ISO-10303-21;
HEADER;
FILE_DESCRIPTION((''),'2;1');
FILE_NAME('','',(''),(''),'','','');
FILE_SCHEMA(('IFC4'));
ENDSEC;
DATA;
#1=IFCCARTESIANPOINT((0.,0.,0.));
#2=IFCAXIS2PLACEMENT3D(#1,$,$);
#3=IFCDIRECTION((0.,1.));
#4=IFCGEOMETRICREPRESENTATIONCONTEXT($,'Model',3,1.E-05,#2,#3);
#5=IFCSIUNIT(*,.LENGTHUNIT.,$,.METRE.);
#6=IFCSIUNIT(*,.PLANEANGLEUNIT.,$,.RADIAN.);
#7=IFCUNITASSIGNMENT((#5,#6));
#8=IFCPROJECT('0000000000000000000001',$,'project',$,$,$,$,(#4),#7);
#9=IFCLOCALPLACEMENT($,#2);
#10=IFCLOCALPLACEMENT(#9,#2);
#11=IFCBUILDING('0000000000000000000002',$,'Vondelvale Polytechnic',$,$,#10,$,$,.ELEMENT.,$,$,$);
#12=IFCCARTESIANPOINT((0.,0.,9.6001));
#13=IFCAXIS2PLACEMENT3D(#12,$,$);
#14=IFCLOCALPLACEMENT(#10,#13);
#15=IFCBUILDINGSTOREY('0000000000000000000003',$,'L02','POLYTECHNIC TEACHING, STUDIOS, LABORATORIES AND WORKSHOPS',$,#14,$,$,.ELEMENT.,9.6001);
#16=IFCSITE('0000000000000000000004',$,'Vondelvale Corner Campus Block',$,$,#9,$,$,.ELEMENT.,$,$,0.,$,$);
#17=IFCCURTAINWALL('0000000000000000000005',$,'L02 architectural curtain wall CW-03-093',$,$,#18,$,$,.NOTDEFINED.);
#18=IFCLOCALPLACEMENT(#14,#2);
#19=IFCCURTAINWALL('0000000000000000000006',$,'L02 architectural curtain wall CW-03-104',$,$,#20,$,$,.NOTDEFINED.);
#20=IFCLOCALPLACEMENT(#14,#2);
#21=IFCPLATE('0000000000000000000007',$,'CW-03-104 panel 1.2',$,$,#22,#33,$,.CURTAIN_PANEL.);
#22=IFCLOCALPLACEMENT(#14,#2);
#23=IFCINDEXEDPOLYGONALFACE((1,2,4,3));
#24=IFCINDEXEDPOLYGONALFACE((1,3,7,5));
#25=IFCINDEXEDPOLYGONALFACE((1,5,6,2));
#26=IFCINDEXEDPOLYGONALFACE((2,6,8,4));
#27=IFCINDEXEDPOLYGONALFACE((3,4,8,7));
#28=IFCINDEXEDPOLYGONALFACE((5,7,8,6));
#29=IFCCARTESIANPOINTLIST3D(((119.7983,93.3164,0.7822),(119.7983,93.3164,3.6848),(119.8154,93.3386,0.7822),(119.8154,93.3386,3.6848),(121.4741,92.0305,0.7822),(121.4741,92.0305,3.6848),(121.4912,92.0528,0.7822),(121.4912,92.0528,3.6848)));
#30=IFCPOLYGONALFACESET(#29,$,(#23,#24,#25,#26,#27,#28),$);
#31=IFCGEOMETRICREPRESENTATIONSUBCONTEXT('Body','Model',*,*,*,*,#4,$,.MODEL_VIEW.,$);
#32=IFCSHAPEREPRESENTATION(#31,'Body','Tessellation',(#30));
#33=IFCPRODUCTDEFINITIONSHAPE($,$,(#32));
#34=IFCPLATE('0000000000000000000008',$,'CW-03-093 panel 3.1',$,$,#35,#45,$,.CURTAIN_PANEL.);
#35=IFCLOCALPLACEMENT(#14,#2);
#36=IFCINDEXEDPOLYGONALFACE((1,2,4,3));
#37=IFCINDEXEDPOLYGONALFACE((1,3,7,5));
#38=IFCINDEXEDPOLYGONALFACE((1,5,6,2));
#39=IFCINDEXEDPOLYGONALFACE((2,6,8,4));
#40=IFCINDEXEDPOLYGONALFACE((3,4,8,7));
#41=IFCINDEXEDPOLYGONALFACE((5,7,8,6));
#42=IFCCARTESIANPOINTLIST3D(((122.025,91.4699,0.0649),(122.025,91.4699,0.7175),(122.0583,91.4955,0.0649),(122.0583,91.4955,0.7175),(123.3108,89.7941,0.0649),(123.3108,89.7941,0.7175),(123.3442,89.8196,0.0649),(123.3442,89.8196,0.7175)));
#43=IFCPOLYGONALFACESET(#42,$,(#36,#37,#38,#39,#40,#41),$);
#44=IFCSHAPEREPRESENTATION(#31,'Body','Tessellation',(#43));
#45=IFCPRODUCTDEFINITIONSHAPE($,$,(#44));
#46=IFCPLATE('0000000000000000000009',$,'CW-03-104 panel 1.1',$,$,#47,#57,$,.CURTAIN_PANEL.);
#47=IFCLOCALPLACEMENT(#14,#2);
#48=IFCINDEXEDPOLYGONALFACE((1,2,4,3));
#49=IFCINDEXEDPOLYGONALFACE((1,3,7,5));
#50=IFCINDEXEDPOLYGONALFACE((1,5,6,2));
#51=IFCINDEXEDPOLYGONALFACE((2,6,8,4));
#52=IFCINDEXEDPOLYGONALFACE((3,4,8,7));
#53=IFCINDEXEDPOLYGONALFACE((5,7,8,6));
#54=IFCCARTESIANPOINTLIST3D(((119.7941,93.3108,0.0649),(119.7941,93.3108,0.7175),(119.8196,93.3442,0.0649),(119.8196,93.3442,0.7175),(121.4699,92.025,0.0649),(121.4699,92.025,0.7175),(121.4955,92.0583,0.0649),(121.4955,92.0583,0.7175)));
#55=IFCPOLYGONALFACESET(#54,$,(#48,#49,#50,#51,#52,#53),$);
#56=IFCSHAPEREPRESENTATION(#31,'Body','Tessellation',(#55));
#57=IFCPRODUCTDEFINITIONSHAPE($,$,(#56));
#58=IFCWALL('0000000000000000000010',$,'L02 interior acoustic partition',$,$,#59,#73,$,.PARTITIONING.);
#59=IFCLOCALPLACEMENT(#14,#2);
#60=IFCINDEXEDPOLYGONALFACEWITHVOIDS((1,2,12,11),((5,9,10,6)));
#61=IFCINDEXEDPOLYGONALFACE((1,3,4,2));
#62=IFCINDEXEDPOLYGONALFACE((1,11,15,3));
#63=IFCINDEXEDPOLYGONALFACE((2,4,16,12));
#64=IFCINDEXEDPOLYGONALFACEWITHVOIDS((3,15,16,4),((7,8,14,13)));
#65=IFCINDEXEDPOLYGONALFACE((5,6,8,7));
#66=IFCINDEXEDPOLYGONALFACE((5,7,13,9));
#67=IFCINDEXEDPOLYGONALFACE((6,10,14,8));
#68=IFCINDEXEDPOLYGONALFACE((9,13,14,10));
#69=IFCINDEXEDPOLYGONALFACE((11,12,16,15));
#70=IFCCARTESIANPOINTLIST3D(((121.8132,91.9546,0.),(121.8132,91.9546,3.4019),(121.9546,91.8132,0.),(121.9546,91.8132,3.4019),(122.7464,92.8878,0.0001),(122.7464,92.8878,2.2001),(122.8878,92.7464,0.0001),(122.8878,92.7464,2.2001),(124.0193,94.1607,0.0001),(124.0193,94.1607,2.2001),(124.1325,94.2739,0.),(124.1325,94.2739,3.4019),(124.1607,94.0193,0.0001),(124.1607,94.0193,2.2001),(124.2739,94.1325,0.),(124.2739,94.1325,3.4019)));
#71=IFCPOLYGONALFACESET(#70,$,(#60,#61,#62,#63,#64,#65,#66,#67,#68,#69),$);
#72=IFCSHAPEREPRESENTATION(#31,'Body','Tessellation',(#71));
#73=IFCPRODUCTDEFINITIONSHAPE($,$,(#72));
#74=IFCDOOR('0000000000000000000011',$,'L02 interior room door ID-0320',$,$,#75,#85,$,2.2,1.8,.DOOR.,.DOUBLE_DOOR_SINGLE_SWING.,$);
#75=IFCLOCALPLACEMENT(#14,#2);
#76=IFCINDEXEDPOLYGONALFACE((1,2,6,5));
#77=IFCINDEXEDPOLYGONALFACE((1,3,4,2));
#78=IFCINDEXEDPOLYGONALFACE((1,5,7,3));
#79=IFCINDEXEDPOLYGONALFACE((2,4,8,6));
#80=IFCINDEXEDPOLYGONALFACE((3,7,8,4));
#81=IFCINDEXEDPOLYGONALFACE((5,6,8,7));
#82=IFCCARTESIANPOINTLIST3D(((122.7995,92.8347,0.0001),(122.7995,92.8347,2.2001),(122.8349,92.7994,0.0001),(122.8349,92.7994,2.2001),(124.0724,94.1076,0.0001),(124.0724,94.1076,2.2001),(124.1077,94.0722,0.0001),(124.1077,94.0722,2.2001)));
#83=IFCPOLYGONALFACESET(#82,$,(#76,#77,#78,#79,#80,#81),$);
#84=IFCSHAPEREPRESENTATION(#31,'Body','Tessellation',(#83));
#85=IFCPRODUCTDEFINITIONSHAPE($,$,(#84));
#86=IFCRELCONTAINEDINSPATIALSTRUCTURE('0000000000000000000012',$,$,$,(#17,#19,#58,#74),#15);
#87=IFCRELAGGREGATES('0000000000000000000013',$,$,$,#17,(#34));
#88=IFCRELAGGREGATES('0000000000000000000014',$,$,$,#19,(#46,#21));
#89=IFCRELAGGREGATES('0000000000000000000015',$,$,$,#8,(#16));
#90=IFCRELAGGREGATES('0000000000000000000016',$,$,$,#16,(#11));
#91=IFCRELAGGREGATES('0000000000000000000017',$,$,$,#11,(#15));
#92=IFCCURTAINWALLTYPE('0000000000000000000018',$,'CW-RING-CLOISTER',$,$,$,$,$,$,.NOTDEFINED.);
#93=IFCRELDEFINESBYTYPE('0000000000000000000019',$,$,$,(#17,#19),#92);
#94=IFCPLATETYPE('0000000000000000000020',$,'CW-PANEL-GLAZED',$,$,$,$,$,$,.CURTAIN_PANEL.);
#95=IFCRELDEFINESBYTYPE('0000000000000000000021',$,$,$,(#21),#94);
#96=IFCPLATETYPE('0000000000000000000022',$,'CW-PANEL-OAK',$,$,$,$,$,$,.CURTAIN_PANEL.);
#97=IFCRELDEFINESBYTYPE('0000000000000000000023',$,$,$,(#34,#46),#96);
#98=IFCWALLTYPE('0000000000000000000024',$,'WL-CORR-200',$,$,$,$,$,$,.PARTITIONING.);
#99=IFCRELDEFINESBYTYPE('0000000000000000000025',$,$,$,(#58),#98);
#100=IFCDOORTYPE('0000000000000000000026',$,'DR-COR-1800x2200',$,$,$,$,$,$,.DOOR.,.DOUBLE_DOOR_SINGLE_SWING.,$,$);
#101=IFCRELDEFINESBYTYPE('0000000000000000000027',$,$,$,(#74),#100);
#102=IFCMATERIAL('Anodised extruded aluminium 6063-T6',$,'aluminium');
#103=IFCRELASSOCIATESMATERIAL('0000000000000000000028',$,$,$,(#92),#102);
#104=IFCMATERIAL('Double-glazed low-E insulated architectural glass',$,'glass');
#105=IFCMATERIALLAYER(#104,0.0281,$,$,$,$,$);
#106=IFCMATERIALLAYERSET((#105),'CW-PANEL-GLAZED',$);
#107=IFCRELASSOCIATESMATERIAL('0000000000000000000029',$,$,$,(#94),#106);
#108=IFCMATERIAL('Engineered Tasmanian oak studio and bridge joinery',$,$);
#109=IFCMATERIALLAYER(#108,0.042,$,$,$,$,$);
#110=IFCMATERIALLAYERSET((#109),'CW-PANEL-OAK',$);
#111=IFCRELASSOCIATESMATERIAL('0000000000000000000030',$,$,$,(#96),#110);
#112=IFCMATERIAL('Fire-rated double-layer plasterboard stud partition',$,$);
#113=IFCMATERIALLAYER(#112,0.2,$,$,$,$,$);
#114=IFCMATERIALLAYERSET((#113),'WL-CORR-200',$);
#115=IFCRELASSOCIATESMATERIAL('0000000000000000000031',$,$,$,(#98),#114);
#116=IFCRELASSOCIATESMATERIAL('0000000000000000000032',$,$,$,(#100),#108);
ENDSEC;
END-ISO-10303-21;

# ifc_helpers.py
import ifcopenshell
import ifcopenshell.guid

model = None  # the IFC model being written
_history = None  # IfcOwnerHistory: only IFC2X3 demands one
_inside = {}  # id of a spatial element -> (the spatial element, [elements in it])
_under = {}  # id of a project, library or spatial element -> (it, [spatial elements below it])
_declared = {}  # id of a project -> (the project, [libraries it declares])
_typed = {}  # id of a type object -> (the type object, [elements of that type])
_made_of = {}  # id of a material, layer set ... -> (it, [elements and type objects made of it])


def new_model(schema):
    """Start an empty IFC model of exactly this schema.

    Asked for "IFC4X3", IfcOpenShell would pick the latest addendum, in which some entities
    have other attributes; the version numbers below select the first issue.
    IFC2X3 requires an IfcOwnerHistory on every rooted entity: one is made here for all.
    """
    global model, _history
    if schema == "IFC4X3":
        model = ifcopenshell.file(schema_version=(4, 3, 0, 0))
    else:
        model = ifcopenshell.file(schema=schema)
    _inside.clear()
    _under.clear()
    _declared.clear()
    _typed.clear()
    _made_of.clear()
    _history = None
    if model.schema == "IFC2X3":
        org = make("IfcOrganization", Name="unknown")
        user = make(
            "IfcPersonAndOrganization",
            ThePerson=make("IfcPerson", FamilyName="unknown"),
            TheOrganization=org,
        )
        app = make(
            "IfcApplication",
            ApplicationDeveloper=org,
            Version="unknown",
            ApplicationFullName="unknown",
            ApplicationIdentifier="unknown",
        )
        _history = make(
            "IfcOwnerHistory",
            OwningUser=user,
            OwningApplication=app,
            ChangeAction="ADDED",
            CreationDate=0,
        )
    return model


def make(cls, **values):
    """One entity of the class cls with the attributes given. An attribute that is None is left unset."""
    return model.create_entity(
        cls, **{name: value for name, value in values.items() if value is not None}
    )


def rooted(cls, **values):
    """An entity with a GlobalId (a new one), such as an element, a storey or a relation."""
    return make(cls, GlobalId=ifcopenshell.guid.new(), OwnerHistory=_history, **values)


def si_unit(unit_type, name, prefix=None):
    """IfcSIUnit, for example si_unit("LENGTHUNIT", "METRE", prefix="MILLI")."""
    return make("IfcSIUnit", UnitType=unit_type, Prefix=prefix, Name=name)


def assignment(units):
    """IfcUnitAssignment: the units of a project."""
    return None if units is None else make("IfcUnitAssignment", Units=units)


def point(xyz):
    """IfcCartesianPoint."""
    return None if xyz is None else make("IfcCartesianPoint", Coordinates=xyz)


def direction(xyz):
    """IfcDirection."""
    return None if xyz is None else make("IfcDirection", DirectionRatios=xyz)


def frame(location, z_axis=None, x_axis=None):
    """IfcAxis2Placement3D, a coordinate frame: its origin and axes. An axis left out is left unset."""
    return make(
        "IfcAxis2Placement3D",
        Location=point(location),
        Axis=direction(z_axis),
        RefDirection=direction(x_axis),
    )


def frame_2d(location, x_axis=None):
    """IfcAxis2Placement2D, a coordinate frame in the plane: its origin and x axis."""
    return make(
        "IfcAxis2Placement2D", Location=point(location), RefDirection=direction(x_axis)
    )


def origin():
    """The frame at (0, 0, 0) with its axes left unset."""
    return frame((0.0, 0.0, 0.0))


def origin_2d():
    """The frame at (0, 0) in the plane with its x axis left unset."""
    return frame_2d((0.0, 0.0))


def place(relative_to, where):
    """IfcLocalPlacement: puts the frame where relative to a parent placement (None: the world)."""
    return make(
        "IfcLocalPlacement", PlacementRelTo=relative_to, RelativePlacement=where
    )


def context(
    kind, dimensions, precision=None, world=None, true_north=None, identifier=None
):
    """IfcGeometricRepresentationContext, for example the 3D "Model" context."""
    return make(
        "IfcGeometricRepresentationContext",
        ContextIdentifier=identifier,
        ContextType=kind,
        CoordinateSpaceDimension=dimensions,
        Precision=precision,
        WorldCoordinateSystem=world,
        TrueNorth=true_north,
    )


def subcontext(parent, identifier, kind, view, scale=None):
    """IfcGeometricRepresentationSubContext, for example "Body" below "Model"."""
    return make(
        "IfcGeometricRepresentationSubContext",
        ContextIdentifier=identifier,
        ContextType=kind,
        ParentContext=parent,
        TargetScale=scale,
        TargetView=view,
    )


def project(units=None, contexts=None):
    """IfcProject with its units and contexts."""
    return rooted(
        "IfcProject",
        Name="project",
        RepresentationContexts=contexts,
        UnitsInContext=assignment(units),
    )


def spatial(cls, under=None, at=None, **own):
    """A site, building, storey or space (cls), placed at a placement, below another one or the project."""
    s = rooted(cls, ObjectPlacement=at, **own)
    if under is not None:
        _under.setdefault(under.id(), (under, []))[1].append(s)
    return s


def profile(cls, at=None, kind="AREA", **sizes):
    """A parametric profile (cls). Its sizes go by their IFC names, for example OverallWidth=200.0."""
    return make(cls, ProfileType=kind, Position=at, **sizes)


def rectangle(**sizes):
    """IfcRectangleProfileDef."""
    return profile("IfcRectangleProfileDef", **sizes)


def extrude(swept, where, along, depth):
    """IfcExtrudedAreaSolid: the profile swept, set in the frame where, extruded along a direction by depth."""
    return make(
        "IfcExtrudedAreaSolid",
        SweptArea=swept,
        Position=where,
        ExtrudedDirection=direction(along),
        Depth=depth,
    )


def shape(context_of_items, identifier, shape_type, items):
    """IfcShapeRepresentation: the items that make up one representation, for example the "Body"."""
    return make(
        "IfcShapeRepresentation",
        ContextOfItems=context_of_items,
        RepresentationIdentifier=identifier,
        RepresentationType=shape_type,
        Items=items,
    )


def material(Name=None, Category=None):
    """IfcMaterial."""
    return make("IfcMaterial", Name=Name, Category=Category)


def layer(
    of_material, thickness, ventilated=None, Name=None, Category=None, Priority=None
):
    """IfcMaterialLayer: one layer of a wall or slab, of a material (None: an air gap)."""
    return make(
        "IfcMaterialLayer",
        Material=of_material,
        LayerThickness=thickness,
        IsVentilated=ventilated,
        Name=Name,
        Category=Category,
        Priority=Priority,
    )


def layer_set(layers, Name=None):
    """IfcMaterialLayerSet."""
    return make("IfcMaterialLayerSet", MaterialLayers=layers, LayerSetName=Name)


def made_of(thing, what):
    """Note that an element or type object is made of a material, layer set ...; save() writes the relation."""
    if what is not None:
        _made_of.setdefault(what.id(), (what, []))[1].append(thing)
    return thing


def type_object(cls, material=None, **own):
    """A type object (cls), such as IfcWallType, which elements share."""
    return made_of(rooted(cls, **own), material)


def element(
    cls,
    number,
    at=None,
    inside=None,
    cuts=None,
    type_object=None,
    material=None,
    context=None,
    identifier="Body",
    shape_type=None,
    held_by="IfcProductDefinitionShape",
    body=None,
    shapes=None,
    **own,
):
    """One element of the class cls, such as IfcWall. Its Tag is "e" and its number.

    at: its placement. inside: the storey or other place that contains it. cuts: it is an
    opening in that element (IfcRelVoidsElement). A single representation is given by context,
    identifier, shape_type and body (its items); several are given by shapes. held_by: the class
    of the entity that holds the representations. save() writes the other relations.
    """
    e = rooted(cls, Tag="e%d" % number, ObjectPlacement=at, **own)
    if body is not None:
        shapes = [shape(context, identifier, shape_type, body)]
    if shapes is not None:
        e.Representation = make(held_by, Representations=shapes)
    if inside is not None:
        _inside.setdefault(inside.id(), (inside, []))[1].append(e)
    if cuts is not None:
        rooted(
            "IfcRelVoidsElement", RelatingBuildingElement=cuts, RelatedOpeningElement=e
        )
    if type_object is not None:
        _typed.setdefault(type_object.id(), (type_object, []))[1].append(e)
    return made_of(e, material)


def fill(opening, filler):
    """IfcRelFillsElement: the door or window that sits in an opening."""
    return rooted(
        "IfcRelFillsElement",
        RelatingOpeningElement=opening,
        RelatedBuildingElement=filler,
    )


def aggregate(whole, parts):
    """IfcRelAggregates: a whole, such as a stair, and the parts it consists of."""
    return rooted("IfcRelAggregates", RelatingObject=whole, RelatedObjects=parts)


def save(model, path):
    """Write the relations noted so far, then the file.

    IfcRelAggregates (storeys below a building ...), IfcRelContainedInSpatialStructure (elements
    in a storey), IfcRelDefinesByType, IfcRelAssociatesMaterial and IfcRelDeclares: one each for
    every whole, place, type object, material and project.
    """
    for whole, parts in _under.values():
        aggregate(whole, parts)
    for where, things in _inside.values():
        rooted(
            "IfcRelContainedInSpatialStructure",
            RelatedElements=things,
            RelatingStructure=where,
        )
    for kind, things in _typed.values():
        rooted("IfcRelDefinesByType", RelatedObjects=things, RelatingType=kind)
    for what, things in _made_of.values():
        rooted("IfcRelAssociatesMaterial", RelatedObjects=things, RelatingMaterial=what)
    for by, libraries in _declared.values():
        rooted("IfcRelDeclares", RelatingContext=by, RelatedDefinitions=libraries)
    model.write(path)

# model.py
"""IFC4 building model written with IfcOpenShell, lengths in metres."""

from ifc_helpers import new_model, si_unit, direction, frame, frame_2d, origin, origin_2d, place, context, subcontext, project, spatial, rectangle, extrude, material, layer, layer_set, type_object, element, fill, aggregate, save


model = new_model("IFC4")

# Units and contexts
model_context = context("Model", 3, precision=1e-05, world=origin(), true_north=direction((0.0, 1.0)))
body_context = subcontext(model_context, "Body", "Model", "MODEL_VIEW")
ifc_project = project(units=[si_unit("LENGTHUNIT", "METRE"), si_unit("PLANEANGLEUNIT", "RADIAN")], contexts=[model_context])

# Site, building, storey
site_placement = place(None, origin())
site = spatial("IfcSite", under=ifc_project, at=site_placement, Name="Vondelvale Corner Campus Block", CompositionType="ELEMENT", RefElevation=0.0)
building_placement = place(site_placement, origin())
building = spatial("IfcBuilding", under=site, at=building_placement, Name="Vondelvale Polytechnic", CompositionType="ELEMENT")
storey_placement = place(building_placement, frame((0.0, 0.0, 9.6001)))
storey = spatial("IfcBuildingStorey", under=building, at=storey_placement, Name="L02", Description="POLYTECHNIC TEACHING, STUDIOS, LABORATORIES AND WORKSHOPS", CompositionType="ELEMENT", Elevation=9.6001)

# Curtain walls
ifc_material_1 = material(Name="Anodised extruded aluminium 6063-T6", Category="aluminium")
curtain_wall_type = type_object("IfcCurtainWallType", Name="CW-RING-CLOISTER", PredefinedType="NOTDEFINED", material=ifc_material_1)
curtain_wall_1_placement = place(storey_placement, origin())
curtain_wall_1 = element("IfcCurtainWall", 1, at=curtain_wall_1_placement, inside=storey, type_object=curtain_wall_type, Name="L02 architectural curtain wall CW-03-093", PredefinedType="NOTDEFINED")
curtain_wall_2_placement = place(storey_placement, origin())
curtain_wall_2 = element("IfcCurtainWall", 2, at=curtain_wall_2_placement, inside=storey, type_object=curtain_wall_type, Name="L02 architectural curtain wall CW-03-104", PredefinedType="NOTDEFINED")

# Plates
ifc_material_2 = material(Name="Double-glazed low-E insulated architectural glass", Category="glass")
ifc_layer_1 = layer(ifc_material_2, 0.0281)
ifc_layer_set_1 = layer_set([ifc_layer_1], Name="CW-PANEL-GLAZED")
plate_type_1 = type_object("IfcPlateType", Name="CW-PANEL-GLAZED", PredefinedType="CURTAIN_PANEL", material=ifc_layer_set_1)
plate_1_placement = place(storey_placement, frame((120.6448, 92.6846, 0.7822), z_axis=(0.0, 0.0, 1.0), x_axis=(-0.793364, 0.608748, 0.0)))
plate_1 = element("IfcPlate", 3, at=plate_1_placement, type_object=plate_type_1, Name="CW-03-104 panel 1.2", PredefinedType="CURTAIN_PANEL", context=body_context, shape_type="SweptSolid", body=[
    extrude(rectangle(XDim=2.1123, YDim=0.0281, at=origin_2d()), origin(), (0.0, 0.0, 1.0), 2.9026),
])
ifc_material_3 = material(Name="Engineered Tasmanian oak studio and bridge joinery")
ifc_layer_2 = layer(ifc_material_3, 0.042)
ifc_layer_set_2 = layer_set([ifc_layer_2], Name="CW-PANEL-OAK")
plate_type_2 = type_object("IfcPlateType", Name="CW-PANEL-OAK", PredefinedType="CURTAIN_PANEL", material=ifc_layer_set_2)
plate_2_placement = place(storey_placement, frame((122.6846, 90.6448, 0.0649), z_axis=(0.0, 0.0, 1.0), x_axis=(-0.608748, 0.793364, 0.0)))
plate_2 = element("IfcPlate", 4, at=plate_2_placement, type_object=plate_type_2, Name="CW-03-093 panel 3.1", PredefinedType="CURTAIN_PANEL", context=body_context, shape_type="SweptSolid", body=[
    extrude(rectangle(XDim=2.1123, YDim=0.042, at=origin_2d()), origin(), (0.0, 0.0, 1.0), 0.6526),
])
aggregate(curtain_wall_1, [plate_2])
plate_3_placement = place(storey_placement, frame((120.6448, 92.6846, 0.0649), z_axis=(0.0, 0.0, 1.0), x_axis=(-0.793364, 0.608748, 0.0)))
plate_3 = element("IfcPlate", 5, at=plate_3_placement, type_object=plate_type_2, Name="CW-03-104 panel 1.1", PredefinedType="CURTAIN_PANEL", context=body_context, shape_type="SweptSolid", body=[
    extrude(rectangle(XDim=2.1123, YDim=0.042, at=origin_2d()), origin(), (0.0, 0.0, 1.0), 0.6526),
])
aggregate(curtain_wall_2, [plate_3, plate_1])

# Wall, opening, door
ifc_material_4 = material(Name="Fire-rated double-layer plasterboard stud partition")
ifc_layer_3 = layer(ifc_material_4, 0.2)
ifc_layer_set_3 = layer_set([ifc_layer_3], Name="WL-CORR-200")
wall_type = type_object("IfcWallType", Name="WL-CORR-200", PredefinedType="PARTITIONING", material=ifc_layer_set_3)
wall_placement = place(storey_placement, frame((121.8838, 91.8838, 0.0), z_axis=(0.0, 0.0, 1.0), x_axis=(0.707107, 0.707107, 0.0)))
wall = element("IfcWall", 6, at=wall_placement, inside=storey, type_object=wall_type, Name="L02 interior acoustic partition", PredefinedType="PARTITIONING", context=body_context, shape_type="SweptSolid", body=[
    extrude(rectangle(XDim=3.28, YDim=0.2, at=frame_2d((1.6401, 0.0))), origin(), (0.0, 0.0, 1.0), 3.4019),
])
opening_placement = place(wall_placement, frame((1.3201, 0.0, 0.0)))
opening = element("IfcOpeningElement", 7, at=opening_placement, cuts=wall, PredefinedType="OPENING", context=body_context, shape_type="SweptSolid", body=[
    extrude(rectangle(XDim=1.8, YDim=2.2, at=frame_2d((0.8999, 1.1001))), frame((0.0, 0.1099, 0.0), z_axis=(0.0, -1.0, 0.0), x_axis=(1.0, 0.0, 0.0)), (0.0, 0.0, 1.0), 0.22),
])
door_type = type_object("IfcDoorType", Name="DR-COR-1800x2200", OperationType="DOUBLE_DOOR_SINGLE_SWING", PredefinedType="DOOR", material=ifc_material_3)
door_placement = place(opening_placement, origin())
door = element("IfcDoor", 8, at=door_placement, inside=storey, type_object=door_type, Name="L02 interior room door ID-0320", OperationType="DOUBLE_DOOR_SINGLE_SWING", OverallHeight=2.2, OverallWidth=1.8, PredefinedType="DOOR", context=body_context, shape_type="SweptSolid", body=[
    extrude(rectangle(XDim=1.8, YDim=2.2, at=frame_2d((0.8999, 1.1001))), frame((0.0, 0.0249, 0.0), z_axis=(0.0, -1.0, 0.0), x_axis=(1.0, 0.0, 0.0)), (0.0, 0.0, 1.0), 0.05),
])
fill(opening, door)

save(model, "model.ifc")
